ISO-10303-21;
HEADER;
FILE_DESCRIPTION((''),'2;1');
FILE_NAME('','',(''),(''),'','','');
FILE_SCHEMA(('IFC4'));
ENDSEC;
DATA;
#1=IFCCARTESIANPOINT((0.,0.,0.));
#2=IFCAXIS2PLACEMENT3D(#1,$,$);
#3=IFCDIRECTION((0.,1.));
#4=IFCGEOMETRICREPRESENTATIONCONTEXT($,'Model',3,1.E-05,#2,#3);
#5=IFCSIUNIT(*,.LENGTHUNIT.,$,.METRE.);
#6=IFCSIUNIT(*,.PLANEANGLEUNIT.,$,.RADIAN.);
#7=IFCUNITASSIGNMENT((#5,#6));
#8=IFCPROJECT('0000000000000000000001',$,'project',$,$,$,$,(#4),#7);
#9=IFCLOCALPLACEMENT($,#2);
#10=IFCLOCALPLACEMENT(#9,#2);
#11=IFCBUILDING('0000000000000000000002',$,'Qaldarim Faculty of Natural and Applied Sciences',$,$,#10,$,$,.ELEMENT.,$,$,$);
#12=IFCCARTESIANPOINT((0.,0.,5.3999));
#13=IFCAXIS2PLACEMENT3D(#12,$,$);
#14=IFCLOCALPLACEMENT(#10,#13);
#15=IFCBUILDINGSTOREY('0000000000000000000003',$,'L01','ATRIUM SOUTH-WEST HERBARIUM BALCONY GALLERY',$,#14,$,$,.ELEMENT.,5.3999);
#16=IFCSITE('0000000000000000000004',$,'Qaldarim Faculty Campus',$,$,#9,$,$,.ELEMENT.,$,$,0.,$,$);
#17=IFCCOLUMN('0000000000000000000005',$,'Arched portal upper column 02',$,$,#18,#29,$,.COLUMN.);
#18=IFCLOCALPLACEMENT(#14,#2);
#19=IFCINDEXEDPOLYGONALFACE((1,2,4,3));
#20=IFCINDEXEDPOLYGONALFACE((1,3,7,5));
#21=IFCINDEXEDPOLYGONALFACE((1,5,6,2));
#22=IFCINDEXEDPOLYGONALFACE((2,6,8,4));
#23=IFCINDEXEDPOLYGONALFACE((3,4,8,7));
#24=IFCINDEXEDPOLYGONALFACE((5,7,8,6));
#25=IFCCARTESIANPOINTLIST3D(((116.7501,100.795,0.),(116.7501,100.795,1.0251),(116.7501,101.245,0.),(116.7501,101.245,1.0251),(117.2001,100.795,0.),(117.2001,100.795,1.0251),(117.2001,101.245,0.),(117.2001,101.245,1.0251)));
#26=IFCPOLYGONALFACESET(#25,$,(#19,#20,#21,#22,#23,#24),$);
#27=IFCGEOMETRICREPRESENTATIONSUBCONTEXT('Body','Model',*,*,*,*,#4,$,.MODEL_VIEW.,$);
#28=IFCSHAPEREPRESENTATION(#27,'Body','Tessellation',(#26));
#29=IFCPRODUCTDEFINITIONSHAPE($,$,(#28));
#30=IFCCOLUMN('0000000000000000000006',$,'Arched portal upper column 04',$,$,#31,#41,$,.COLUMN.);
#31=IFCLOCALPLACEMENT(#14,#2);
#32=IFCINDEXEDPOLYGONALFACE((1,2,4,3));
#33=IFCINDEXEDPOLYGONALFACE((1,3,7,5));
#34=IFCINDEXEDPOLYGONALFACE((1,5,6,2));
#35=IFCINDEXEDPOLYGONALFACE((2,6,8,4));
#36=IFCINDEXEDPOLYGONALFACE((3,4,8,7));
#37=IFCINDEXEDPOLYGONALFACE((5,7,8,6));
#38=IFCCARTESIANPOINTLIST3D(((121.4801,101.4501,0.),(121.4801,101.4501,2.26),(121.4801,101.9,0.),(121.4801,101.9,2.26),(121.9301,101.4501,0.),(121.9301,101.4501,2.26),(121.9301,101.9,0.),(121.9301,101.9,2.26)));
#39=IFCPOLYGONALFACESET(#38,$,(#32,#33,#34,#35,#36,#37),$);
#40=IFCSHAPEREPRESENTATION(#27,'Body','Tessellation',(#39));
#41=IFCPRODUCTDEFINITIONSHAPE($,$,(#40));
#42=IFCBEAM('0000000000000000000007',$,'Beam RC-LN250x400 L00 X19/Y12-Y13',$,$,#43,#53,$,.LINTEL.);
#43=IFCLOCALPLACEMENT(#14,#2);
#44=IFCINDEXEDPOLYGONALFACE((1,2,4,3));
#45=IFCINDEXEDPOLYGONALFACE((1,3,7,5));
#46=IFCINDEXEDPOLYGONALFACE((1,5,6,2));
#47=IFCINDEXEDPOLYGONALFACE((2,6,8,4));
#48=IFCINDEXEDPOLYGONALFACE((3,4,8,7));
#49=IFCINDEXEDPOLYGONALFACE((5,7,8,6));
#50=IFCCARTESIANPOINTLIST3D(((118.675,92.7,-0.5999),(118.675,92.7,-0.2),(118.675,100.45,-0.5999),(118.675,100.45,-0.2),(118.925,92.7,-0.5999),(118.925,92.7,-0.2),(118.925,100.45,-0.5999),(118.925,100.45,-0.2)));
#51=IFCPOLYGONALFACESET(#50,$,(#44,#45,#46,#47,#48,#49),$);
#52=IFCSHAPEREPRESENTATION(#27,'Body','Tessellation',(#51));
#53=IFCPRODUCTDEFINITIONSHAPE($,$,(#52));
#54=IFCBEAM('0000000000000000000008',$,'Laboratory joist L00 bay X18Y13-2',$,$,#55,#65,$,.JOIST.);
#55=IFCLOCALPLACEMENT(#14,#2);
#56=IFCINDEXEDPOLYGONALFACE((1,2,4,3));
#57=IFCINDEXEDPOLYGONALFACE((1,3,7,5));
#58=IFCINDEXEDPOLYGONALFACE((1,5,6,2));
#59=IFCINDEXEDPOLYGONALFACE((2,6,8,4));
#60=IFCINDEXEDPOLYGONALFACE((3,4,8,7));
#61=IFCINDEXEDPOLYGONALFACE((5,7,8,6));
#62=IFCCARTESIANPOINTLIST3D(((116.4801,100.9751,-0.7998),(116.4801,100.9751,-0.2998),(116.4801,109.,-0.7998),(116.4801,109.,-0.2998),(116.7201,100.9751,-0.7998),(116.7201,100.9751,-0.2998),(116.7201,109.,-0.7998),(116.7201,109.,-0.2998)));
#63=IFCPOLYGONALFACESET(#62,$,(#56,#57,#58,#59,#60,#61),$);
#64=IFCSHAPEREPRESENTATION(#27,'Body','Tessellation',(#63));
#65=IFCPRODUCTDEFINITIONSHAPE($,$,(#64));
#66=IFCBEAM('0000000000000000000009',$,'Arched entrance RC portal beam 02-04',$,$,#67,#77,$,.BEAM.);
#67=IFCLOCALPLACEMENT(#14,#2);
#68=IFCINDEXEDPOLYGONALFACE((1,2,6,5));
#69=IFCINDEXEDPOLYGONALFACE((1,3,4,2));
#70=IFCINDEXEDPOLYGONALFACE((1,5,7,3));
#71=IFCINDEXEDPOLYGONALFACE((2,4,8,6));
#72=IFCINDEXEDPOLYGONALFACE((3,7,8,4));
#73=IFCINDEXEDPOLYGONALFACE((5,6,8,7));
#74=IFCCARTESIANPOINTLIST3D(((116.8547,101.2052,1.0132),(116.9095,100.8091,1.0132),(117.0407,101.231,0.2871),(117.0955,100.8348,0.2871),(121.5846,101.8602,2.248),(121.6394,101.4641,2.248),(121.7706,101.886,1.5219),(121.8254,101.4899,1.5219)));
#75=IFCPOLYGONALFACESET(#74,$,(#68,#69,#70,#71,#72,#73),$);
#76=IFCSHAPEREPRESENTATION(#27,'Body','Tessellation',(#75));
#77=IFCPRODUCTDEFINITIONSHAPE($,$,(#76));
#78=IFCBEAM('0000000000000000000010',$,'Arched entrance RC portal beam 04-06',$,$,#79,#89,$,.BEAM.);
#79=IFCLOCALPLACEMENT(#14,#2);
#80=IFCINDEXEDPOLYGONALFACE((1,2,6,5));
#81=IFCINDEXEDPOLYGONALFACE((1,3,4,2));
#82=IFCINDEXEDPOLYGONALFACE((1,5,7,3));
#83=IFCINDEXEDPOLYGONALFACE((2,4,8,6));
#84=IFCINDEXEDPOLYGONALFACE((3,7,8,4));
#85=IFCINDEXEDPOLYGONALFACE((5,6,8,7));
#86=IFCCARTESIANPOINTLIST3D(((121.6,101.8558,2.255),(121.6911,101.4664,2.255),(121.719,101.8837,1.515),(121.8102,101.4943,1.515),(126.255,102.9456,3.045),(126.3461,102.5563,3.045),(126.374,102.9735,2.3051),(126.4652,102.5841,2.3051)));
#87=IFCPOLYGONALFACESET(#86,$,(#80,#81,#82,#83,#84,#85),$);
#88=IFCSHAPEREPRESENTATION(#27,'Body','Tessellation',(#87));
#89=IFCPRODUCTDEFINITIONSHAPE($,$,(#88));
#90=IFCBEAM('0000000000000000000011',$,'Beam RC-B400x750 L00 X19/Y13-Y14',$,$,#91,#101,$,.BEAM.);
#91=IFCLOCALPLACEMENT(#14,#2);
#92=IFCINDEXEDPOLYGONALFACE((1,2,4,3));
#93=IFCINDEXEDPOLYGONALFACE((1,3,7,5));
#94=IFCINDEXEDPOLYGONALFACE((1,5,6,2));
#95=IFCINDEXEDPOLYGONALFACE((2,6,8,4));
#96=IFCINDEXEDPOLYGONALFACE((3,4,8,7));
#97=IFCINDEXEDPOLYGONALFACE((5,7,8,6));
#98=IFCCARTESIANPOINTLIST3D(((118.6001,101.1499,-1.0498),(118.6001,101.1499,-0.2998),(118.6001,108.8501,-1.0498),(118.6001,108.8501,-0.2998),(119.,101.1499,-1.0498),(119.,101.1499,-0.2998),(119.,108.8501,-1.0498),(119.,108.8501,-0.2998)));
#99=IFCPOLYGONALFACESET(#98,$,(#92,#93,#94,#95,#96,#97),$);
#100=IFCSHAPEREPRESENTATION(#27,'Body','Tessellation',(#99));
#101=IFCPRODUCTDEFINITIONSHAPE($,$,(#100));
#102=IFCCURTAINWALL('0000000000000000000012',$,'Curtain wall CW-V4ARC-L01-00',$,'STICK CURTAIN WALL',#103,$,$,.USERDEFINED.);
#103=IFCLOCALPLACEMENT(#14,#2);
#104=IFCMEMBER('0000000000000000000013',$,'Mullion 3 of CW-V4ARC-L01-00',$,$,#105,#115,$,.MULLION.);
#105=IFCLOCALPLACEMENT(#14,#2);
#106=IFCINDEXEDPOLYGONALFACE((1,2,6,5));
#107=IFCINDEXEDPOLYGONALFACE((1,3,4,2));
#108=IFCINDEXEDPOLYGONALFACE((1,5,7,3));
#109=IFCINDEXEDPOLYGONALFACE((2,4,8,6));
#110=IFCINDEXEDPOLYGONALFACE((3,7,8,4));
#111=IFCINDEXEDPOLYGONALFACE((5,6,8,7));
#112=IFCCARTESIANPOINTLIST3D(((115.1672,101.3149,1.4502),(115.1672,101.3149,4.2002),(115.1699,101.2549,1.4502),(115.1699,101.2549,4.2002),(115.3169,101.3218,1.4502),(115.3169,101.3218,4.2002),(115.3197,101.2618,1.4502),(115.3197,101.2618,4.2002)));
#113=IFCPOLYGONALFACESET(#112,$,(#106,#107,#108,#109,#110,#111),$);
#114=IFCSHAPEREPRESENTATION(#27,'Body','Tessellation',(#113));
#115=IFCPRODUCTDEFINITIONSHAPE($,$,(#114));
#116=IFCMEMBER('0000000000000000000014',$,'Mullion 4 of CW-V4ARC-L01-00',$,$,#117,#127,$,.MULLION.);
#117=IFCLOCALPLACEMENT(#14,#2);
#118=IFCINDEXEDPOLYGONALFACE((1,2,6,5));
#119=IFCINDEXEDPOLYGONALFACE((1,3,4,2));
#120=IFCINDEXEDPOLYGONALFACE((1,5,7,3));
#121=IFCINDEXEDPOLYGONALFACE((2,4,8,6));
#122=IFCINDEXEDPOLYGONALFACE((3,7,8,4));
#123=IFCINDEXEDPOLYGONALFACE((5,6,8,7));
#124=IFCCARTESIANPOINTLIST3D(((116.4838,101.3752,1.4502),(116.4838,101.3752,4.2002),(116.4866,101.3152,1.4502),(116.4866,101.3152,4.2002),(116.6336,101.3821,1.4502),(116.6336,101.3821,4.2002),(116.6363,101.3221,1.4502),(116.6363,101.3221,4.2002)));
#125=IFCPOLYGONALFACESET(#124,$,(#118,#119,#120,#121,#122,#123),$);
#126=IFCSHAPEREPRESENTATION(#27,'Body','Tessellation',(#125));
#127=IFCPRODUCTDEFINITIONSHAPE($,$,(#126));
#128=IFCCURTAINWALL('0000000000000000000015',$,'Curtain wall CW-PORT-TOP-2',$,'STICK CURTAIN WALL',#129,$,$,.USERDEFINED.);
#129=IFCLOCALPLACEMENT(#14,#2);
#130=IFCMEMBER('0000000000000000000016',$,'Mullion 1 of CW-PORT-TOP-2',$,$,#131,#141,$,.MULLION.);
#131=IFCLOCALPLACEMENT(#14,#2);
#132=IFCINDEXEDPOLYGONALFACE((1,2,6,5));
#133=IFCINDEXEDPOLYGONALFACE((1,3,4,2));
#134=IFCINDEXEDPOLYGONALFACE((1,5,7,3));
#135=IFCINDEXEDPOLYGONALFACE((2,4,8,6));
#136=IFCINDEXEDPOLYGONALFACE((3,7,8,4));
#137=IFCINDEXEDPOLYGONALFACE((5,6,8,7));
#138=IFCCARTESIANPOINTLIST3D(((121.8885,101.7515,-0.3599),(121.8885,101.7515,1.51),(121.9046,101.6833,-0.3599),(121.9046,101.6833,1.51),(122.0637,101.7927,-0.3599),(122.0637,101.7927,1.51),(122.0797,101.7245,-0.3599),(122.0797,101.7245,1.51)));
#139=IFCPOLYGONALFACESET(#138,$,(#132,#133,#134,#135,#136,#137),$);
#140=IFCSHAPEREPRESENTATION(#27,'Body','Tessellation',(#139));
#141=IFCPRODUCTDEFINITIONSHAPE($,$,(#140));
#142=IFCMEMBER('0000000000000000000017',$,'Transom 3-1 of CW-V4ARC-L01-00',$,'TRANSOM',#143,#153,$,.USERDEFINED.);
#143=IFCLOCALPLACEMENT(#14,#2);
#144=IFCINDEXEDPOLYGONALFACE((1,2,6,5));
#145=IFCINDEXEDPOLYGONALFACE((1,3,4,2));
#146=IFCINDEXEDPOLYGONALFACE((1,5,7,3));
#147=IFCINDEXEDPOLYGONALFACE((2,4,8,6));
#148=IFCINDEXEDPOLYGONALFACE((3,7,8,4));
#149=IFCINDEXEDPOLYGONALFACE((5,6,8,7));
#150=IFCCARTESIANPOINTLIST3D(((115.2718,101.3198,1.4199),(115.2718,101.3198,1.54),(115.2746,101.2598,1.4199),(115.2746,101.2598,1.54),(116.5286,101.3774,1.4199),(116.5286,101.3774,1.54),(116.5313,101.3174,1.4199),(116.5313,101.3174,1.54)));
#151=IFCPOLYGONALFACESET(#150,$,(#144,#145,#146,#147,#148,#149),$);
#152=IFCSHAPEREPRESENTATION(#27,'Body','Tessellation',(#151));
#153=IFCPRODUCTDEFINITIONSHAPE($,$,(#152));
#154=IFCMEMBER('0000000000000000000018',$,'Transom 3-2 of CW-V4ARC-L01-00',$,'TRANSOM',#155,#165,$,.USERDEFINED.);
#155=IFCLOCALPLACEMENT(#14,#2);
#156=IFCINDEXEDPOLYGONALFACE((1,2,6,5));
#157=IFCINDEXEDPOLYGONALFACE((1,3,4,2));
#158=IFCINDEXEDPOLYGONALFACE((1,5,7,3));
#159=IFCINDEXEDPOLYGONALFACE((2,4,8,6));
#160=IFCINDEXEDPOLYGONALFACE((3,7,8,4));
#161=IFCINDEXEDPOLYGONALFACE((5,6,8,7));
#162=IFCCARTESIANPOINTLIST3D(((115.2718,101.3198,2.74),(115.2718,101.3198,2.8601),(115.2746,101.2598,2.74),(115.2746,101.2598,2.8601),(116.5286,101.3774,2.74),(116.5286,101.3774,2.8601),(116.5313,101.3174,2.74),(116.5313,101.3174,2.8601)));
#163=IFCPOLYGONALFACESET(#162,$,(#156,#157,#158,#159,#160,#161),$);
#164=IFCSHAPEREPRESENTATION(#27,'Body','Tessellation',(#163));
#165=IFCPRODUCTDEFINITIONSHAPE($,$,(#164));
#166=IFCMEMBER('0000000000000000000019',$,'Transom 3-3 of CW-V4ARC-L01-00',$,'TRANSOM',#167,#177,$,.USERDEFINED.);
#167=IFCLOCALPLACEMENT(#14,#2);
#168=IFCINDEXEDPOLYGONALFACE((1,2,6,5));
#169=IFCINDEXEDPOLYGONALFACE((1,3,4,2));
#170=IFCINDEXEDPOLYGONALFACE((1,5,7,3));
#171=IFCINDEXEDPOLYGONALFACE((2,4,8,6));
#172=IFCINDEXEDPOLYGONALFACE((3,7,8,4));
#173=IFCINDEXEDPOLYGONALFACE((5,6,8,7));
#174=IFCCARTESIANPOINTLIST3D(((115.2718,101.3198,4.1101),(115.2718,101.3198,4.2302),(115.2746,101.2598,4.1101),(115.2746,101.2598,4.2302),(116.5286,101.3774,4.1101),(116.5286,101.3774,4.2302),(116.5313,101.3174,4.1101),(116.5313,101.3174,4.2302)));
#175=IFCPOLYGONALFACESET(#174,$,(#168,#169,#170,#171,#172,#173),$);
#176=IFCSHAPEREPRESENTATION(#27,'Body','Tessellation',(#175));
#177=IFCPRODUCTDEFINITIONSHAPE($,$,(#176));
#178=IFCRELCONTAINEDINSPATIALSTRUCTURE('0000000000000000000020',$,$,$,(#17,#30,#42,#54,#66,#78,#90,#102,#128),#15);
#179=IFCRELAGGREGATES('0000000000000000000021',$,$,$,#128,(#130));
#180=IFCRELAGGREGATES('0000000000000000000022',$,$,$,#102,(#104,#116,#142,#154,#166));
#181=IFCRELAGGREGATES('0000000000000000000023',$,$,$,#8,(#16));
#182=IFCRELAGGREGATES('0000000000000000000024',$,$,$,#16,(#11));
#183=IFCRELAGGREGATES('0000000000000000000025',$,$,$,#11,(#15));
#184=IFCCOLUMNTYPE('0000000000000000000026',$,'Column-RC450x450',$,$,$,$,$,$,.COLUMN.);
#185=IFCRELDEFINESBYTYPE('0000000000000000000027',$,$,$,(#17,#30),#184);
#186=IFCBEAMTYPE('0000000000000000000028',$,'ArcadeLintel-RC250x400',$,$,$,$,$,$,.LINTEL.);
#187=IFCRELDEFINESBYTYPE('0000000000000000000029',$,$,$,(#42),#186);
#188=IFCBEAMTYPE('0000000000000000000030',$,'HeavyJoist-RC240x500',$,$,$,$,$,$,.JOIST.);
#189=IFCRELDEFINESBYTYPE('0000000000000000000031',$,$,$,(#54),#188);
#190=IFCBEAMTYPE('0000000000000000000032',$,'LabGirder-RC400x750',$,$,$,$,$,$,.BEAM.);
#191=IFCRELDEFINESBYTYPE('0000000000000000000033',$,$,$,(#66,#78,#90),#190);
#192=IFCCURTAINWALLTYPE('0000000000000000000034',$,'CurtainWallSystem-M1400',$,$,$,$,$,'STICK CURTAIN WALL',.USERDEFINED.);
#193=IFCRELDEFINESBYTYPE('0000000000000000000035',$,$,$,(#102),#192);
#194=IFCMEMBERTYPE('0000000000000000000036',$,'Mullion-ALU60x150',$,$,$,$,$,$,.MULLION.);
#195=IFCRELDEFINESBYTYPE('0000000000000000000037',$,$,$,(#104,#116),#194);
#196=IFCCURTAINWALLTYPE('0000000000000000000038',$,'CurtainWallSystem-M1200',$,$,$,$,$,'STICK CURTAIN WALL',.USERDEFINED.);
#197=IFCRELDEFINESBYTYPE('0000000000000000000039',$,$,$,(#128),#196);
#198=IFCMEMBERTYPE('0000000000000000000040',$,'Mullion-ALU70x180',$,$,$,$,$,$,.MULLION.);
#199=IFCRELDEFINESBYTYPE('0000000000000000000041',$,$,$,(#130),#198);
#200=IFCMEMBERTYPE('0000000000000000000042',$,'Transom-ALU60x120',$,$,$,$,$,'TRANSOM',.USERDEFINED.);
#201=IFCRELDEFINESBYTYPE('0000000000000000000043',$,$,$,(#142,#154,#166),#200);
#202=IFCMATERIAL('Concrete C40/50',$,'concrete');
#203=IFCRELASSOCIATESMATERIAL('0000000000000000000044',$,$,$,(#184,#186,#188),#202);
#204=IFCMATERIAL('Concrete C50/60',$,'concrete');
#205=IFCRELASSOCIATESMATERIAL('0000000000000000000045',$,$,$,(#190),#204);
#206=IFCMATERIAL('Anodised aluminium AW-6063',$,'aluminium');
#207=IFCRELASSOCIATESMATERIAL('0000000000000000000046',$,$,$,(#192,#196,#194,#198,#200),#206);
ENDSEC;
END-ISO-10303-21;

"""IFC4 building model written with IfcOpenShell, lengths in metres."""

from ifc_helpers import new_model, si_unit, direction, frame, origin, origin_2d, place, context, subcontext, project, spatial, rectangle, extrude, material, material_profile, profile_set, type_object, element, aggregate, save


model = new_model("IFC4")

# Units and contexts
model_context = context("Model", 3, precision=1e-05, world=origin(), true_north=direction((0.0, 1.0)))
body_context = subcontext(model_context, "Body", "Model", "MODEL_VIEW")
ifc_project = project(units=[si_unit("LENGTHUNIT", "METRE"), si_unit("PLANEANGLEUNIT", "RADIAN")], contexts=[model_context])

# Site, building, storey
site_placement = place(None, origin())
site = spatial("IfcSite", under=ifc_project, at=site_placement, Name="Qaldarim Faculty Campus", CompositionType="ELEMENT", RefElevation=0.0)
building_placement = place(site_placement, origin())
building = spatial("IfcBuilding", under=site, at=building_placement, Name="Qaldarim Faculty of Natural and Applied Sciences", CompositionType="ELEMENT")
storey_placement = place(building_placement, frame((0.0, 0.0, 5.3999)))
storey = spatial("IfcBuildingStorey", under=building, at=storey_placement, Name="L01", Description="ATRIUM SOUTH-WEST HERBARIUM BALCONY GALLERY", CompositionType="ELEMENT", Elevation=5.3999)

# Columns
ifc_material_1 = material(Name="Concrete C40/50", Category="concrete")
ifc_material_profile_1 = material_profile(ifc_material_1, rectangle(XDim=0.45, YDim=0.45, at=origin_2d()), Name="RC-C450x450")
ifc_profile_set_1 = profile_set([ifc_material_profile_1], Name="Concrete C40/50")
column_type = type_object("IfcColumnType", Name="Column-RC450x450", PredefinedType="COLUMN", material=ifc_profile_set_1)
column_1_placement = place(storey_placement, frame((116.9751, 101.02, 0.0), z_axis=(0.0, 0.0, 1.0), x_axis=(1.0, 0.0, 0.0)))
element("IfcColumn", 1, at=column_1_placement, inside=storey, type_object=column_type, Name="Arched portal upper column 02", PredefinedType="COLUMN", context=body_context, shape_type="SweptSolid", body=[
    extrude(rectangle(XDim=0.45, YDim=0.45, at=origin_2d()), origin(), (0.0, 0.0, 1.0), 1.0251),
])
column_2_placement = place(storey_placement, frame((121.7051, 101.675, 0.0), z_axis=(0.0, 0.0, 1.0), x_axis=(1.0, 0.0, 0.0)))
element("IfcColumn", 2, at=column_2_placement, inside=storey, type_object=column_type, Name="Arched portal upper column 04", PredefinedType="COLUMN", context=body_context, shape_type="SweptSolid", body=[
    extrude(rectangle(XDim=0.45, YDim=0.45, at=origin_2d()), origin(), (0.0, 0.0, 1.0), 2.26),
])

# Beams
ifc_material_profile_2 = material_profile(ifc_material_1, rectangle(XDim=0.25, YDim=0.3999, at=origin_2d()), Name="RC-LN250x400")
ifc_profile_set_2 = profile_set([ifc_material_profile_2], Name="Concrete C40/50")
beam_type_1 = type_object("IfcBeamType", Name="ArcadeLintel-RC250x400", PredefinedType="LINTEL", material=ifc_profile_set_2)
beam_1_placement = place(storey_placement, frame((118.8, 92.7, -0.3999), z_axis=(0.0, 1.0, 0.0), x_axis=(-1.0, 0.0, 0.0)))
element("IfcBeam", 3, at=beam_1_placement, inside=storey, type_object=beam_type_1, Name="Beam RC-LN250x400 L00 X19/Y12-Y13", PredefinedType="LINTEL", context=body_context, shape_type="SweptSolid", body=[
    extrude(rectangle(XDim=0.25, YDim=0.3999, at=origin_2d()), origin(), (0.0, 0.0, 1.0), 7.75),
])
ifc_material_profile_3 = material_profile(ifc_material_1, rectangle(XDim=0.24, YDim=0.5, at=origin_2d()), Name="RC-J240x500")
ifc_profile_set_3 = profile_set([ifc_material_profile_3], Name="Concrete C40/50")
beam_type_2 = type_object("IfcBeamType", Name="HeavyJoist-RC240x500", PredefinedType="JOIST", material=ifc_profile_set_3)
beam_2_placement = place(storey_placement, frame((116.6001, 100.9751, -0.5498), z_axis=(0.0, 1.0, 0.0), x_axis=(-1.0, 0.0, 0.0)))
element("IfcBeam", 4, at=beam_2_placement, inside=storey, type_object=beam_type_2, Name="Laboratory joist L00 bay X18Y13-2", PredefinedType="JOIST", context=body_context, shape_type="SweptSolid", body=[
    extrude(rectangle(XDim=0.24, YDim=0.5, at=origin_2d()), origin(), (0.0, 0.0, 1.0), 8.0249),
])
ifc_material_2 = material(Name="Concrete C50/60", Category="concrete")
ifc_material_profile_4 = material_profile(ifc_material_2, rectangle(XDim=0.3999, YDim=0.75, at=origin_2d()), Name="RC-B400x750")
ifc_profile_set_4 = profile_set([ifc_material_profile_4], Name="Concrete C50/60")
beam_type_3 = type_object("IfcBeamType", Name="LabGirder-RC400x750", PredefinedType="BEAM", material=ifc_profile_set_4)
beam_3_placement = place(storey_placement, frame((116.9751, 101.02, 0.6501), z_axis=(0.958999, 0.132807, 0.250367), x_axis=(-0.137175, 0.990547, 0.0)))
element("IfcBeam", 5, at=beam_3_placement, inside=storey, type_object=beam_type_3, Name="Arched entrance RC portal beam 02-04", PredefinedType="BEAM", context=body_context, shape_type="SweptSolid", body=[
    extrude(rectangle(XDim=0.3999, YDim=0.75, at=origin_2d()), origin(), (0.0, 0.0, 1.0), 4.9321),
])
beam_4_placement = place(storey_placement, frame((121.7051, 101.675, 1.885), z_axis=(0.960643, 0.224907, 0.163038), x_axis=(-0.227958, 0.973671, 0.0)))
element("IfcBeam", 6, at=beam_4_placement, inside=storey, type_object=beam_type_3, Name="Arched entrance RC portal beam 04-06", PredefinedType="BEAM", context=body_context, shape_type="SweptSolid", body=[
    extrude(rectangle(XDim=0.3999, YDim=0.75, at=origin_2d()), origin(), (0.0, 0.0, 1.0), 4.8457),
])
beam_5_placement = place(storey_placement, frame((118.8, 101.1499, -0.6748), z_axis=(0.0, 1.0, 0.0), x_axis=(-1.0, 0.0, 0.0)))
element("IfcBeam", 7, at=beam_5_placement, inside=storey, type_object=beam_type_3, Name="Beam RC-B400x750 L00 X19/Y13-Y14", PredefinedType="BEAM", context=body_context, shape_type="SweptSolid", body=[
    extrude(rectangle(XDim=0.3999, YDim=0.75, at=origin_2d()), origin(), (0.0, 0.0, 1.0), 7.7002),
])

# Curtain wall, members
ifc_material_3 = material(Name="Anodised aluminium AW-6063", Category="aluminium")
curtain_wall_type_1 = type_object("IfcCurtainWallType", Name="CurtainWallSystem-M1400", ElementType="STICK CURTAIN WALL", PredefinedType="USERDEFINED", material=ifc_material_3)
curtain_wall_1_placement = place(storey_placement, origin())
curtain_wall_1 = element("IfcCurtainWall", 8, at=curtain_wall_1_placement, inside=storey, type_object=curtain_wall_type_1, Name="Curtain wall CW-V4ARC-L01-00", ObjectType="STICK CURTAIN WALL", PredefinedType="USERDEFINED")
ifc_material_profile_5 = material_profile(ifc_material_3, rectangle(XDim=0.0601, YDim=0.1499, at=origin_2d()), Name="ALU-M60x150")
ifc_profile_set_5 = profile_set([ifc_material_profile_5], Name="Anodised aluminium AW-6063")
member_type_1 = type_object("IfcMemberType", Name="Mullion-ALU60x150", PredefinedType="MULLION", material=ifc_profile_set_5)
member_1_placement = place(storey_placement, frame((115.2434, 101.2883, 1.4502), z_axis=(0.0, 0.0, 1.0), x_axis=(-0.045747, 0.998953, 0.0)))
member_1 = element("IfcMember", 9, at=member_1_placement, type_object=member_type_1, Name="Mullion 3 of CW-V4ARC-L01-00", PredefinedType="MULLION", context=body_context, shape_type="SweptSolid", body=[
    extrude(rectangle(XDim=0.0601, YDim=0.1499, at=origin_2d()), origin(), (0.0, 0.0, 1.0), 2.75),
])
member_2_placement = place(storey_placement, frame((116.5601, 101.3486, 1.4502), z_axis=(0.0, 0.0, 1.0), x_axis=(-0.045747, 0.998953, 0.0)))
member_2 = element("IfcMember", 10, at=member_2_placement, type_object=member_type_1, Name="Mullion 4 of CW-V4ARC-L01-00", PredefinedType="MULLION", context=body_context, shape_type="SweptSolid", body=[
    extrude(rectangle(XDim=0.0601, YDim=0.1499, at=origin_2d()), origin(), (0.0, 0.0, 1.0), 2.75),
])

# Curtain wall, member
curtain_wall_type_2 = type_object("IfcCurtainWallType", Name="CurtainWallSystem-M1200", ElementType="STICK CURTAIN WALL", PredefinedType="USERDEFINED", material=ifc_material_3)
curtain_wall_2_placement = place(storey_placement, origin())
curtain_wall_2 = element("IfcCurtainWall", 11, at=curtain_wall_2_placement, inside=storey, type_object=curtain_wall_type_2, Name="Curtain wall CW-PORT-TOP-2", ObjectType="STICK CURTAIN WALL", PredefinedType="USERDEFINED")
ifc_material_profile_6 = material_profile(ifc_material_3, rectangle(XDim=0.0701, YDim=0.1799, at=origin_2d()), Name="ALU-M70x180")
ifc_profile_set_6 = profile_set([ifc_material_profile_6], Name="Anodised aluminium AW-6063")
member_type_2 = type_object("IfcMemberType", Name="Mullion-ALU70x180", PredefinedType="MULLION", material=ifc_profile_set_6)
member_3_placement = place(storey_placement, frame((121.9841, 101.738, -0.3599), z_axis=(0.0, 0.0, 1.0), x_axis=(-0.229047, 0.973415, 0.0)))
member_3 = element("IfcMember", 12, at=member_3_placement, type_object=member_type_2, Name="Mullion 1 of CW-PORT-TOP-2", PredefinedType="MULLION", context=body_context, shape_type="SweptSolid", body=[
    extrude(rectangle(XDim=0.0701, YDim=0.1799, at=origin_2d()), origin(), (0.0, 0.0, 1.0), 1.8699),
])

# Members
ifc_material_profile_7 = material_profile(ifc_material_3, rectangle(XDim=0.0601, YDim=0.1201, at=origin_2d()), Name="ALU-T60x120")
ifc_profile_set_7 = profile_set([ifc_material_profile_7], Name="Anodised aluminium AW-6063")
member_type_3 = type_object("IfcMemberType", Name="Transom-ALU60x120", ElementType="TRANSOM", PredefinedType="USERDEFINED", material=ifc_profile_set_7)
member_4_placement = place(storey_placement, frame((115.2732, 101.2898, 1.48), z_axis=(0.998951, 0.045795, 0.0), x_axis=(-0.045795, 0.998951, 0.0)))
member_4 = element("IfcMember", 13, at=member_4_placement, type_object=member_type_3, Name="Transom 3-1 of CW-V4ARC-L01-00", ObjectType="TRANSOM", PredefinedType="USERDEFINED", context=body_context, shape_type="SweptSolid", body=[
    extrude(rectangle(XDim=0.0601, YDim=0.1201, at=origin_2d()), origin(), (0.0, 0.0, 1.0), 1.2581),
])
member_5_placement = place(storey_placement, frame((115.2732, 101.2898, 2.8), z_axis=(0.998951, 0.045795, 0.0), x_axis=(-0.045795, 0.998951, 0.0)))
member_5 = element("IfcMember", 14, at=member_5_placement, type_object=member_type_3, Name="Transom 3-2 of CW-V4ARC-L01-00", ObjectType="TRANSOM", PredefinedType="USERDEFINED", context=body_context, shape_type="SweptSolid", body=[
    extrude(rectangle(XDim=0.0601, YDim=0.1201, at=origin_2d()), origin(), (0.0, 0.0, 1.0), 1.2581),
])
member_6_placement = place(storey_placement, frame((115.2732, 101.2898, 4.1702), z_axis=(0.998951, 0.045795, 0.0), x_axis=(-0.045795, 0.998951, 0.0)))
member_6 = element("IfcMember", 15, at=member_6_placement, type_object=member_type_3, Name="Transom 3-3 of CW-V4ARC-L01-00", ObjectType="TRANSOM", PredefinedType="USERDEFINED", context=body_context, shape_type="SweptSolid", body=[
    extrude(rectangle(XDim=0.0601, YDim=0.1201, at=origin_2d()), origin(), (0.0, 0.0, 1.0), 1.2581),
])
aggregate(curtain_wall_2, [member_3])

aggregate(curtain_wall_1, [member_1, member_2, member_4, member_5, member_6])

save(model, "model.ifc")
